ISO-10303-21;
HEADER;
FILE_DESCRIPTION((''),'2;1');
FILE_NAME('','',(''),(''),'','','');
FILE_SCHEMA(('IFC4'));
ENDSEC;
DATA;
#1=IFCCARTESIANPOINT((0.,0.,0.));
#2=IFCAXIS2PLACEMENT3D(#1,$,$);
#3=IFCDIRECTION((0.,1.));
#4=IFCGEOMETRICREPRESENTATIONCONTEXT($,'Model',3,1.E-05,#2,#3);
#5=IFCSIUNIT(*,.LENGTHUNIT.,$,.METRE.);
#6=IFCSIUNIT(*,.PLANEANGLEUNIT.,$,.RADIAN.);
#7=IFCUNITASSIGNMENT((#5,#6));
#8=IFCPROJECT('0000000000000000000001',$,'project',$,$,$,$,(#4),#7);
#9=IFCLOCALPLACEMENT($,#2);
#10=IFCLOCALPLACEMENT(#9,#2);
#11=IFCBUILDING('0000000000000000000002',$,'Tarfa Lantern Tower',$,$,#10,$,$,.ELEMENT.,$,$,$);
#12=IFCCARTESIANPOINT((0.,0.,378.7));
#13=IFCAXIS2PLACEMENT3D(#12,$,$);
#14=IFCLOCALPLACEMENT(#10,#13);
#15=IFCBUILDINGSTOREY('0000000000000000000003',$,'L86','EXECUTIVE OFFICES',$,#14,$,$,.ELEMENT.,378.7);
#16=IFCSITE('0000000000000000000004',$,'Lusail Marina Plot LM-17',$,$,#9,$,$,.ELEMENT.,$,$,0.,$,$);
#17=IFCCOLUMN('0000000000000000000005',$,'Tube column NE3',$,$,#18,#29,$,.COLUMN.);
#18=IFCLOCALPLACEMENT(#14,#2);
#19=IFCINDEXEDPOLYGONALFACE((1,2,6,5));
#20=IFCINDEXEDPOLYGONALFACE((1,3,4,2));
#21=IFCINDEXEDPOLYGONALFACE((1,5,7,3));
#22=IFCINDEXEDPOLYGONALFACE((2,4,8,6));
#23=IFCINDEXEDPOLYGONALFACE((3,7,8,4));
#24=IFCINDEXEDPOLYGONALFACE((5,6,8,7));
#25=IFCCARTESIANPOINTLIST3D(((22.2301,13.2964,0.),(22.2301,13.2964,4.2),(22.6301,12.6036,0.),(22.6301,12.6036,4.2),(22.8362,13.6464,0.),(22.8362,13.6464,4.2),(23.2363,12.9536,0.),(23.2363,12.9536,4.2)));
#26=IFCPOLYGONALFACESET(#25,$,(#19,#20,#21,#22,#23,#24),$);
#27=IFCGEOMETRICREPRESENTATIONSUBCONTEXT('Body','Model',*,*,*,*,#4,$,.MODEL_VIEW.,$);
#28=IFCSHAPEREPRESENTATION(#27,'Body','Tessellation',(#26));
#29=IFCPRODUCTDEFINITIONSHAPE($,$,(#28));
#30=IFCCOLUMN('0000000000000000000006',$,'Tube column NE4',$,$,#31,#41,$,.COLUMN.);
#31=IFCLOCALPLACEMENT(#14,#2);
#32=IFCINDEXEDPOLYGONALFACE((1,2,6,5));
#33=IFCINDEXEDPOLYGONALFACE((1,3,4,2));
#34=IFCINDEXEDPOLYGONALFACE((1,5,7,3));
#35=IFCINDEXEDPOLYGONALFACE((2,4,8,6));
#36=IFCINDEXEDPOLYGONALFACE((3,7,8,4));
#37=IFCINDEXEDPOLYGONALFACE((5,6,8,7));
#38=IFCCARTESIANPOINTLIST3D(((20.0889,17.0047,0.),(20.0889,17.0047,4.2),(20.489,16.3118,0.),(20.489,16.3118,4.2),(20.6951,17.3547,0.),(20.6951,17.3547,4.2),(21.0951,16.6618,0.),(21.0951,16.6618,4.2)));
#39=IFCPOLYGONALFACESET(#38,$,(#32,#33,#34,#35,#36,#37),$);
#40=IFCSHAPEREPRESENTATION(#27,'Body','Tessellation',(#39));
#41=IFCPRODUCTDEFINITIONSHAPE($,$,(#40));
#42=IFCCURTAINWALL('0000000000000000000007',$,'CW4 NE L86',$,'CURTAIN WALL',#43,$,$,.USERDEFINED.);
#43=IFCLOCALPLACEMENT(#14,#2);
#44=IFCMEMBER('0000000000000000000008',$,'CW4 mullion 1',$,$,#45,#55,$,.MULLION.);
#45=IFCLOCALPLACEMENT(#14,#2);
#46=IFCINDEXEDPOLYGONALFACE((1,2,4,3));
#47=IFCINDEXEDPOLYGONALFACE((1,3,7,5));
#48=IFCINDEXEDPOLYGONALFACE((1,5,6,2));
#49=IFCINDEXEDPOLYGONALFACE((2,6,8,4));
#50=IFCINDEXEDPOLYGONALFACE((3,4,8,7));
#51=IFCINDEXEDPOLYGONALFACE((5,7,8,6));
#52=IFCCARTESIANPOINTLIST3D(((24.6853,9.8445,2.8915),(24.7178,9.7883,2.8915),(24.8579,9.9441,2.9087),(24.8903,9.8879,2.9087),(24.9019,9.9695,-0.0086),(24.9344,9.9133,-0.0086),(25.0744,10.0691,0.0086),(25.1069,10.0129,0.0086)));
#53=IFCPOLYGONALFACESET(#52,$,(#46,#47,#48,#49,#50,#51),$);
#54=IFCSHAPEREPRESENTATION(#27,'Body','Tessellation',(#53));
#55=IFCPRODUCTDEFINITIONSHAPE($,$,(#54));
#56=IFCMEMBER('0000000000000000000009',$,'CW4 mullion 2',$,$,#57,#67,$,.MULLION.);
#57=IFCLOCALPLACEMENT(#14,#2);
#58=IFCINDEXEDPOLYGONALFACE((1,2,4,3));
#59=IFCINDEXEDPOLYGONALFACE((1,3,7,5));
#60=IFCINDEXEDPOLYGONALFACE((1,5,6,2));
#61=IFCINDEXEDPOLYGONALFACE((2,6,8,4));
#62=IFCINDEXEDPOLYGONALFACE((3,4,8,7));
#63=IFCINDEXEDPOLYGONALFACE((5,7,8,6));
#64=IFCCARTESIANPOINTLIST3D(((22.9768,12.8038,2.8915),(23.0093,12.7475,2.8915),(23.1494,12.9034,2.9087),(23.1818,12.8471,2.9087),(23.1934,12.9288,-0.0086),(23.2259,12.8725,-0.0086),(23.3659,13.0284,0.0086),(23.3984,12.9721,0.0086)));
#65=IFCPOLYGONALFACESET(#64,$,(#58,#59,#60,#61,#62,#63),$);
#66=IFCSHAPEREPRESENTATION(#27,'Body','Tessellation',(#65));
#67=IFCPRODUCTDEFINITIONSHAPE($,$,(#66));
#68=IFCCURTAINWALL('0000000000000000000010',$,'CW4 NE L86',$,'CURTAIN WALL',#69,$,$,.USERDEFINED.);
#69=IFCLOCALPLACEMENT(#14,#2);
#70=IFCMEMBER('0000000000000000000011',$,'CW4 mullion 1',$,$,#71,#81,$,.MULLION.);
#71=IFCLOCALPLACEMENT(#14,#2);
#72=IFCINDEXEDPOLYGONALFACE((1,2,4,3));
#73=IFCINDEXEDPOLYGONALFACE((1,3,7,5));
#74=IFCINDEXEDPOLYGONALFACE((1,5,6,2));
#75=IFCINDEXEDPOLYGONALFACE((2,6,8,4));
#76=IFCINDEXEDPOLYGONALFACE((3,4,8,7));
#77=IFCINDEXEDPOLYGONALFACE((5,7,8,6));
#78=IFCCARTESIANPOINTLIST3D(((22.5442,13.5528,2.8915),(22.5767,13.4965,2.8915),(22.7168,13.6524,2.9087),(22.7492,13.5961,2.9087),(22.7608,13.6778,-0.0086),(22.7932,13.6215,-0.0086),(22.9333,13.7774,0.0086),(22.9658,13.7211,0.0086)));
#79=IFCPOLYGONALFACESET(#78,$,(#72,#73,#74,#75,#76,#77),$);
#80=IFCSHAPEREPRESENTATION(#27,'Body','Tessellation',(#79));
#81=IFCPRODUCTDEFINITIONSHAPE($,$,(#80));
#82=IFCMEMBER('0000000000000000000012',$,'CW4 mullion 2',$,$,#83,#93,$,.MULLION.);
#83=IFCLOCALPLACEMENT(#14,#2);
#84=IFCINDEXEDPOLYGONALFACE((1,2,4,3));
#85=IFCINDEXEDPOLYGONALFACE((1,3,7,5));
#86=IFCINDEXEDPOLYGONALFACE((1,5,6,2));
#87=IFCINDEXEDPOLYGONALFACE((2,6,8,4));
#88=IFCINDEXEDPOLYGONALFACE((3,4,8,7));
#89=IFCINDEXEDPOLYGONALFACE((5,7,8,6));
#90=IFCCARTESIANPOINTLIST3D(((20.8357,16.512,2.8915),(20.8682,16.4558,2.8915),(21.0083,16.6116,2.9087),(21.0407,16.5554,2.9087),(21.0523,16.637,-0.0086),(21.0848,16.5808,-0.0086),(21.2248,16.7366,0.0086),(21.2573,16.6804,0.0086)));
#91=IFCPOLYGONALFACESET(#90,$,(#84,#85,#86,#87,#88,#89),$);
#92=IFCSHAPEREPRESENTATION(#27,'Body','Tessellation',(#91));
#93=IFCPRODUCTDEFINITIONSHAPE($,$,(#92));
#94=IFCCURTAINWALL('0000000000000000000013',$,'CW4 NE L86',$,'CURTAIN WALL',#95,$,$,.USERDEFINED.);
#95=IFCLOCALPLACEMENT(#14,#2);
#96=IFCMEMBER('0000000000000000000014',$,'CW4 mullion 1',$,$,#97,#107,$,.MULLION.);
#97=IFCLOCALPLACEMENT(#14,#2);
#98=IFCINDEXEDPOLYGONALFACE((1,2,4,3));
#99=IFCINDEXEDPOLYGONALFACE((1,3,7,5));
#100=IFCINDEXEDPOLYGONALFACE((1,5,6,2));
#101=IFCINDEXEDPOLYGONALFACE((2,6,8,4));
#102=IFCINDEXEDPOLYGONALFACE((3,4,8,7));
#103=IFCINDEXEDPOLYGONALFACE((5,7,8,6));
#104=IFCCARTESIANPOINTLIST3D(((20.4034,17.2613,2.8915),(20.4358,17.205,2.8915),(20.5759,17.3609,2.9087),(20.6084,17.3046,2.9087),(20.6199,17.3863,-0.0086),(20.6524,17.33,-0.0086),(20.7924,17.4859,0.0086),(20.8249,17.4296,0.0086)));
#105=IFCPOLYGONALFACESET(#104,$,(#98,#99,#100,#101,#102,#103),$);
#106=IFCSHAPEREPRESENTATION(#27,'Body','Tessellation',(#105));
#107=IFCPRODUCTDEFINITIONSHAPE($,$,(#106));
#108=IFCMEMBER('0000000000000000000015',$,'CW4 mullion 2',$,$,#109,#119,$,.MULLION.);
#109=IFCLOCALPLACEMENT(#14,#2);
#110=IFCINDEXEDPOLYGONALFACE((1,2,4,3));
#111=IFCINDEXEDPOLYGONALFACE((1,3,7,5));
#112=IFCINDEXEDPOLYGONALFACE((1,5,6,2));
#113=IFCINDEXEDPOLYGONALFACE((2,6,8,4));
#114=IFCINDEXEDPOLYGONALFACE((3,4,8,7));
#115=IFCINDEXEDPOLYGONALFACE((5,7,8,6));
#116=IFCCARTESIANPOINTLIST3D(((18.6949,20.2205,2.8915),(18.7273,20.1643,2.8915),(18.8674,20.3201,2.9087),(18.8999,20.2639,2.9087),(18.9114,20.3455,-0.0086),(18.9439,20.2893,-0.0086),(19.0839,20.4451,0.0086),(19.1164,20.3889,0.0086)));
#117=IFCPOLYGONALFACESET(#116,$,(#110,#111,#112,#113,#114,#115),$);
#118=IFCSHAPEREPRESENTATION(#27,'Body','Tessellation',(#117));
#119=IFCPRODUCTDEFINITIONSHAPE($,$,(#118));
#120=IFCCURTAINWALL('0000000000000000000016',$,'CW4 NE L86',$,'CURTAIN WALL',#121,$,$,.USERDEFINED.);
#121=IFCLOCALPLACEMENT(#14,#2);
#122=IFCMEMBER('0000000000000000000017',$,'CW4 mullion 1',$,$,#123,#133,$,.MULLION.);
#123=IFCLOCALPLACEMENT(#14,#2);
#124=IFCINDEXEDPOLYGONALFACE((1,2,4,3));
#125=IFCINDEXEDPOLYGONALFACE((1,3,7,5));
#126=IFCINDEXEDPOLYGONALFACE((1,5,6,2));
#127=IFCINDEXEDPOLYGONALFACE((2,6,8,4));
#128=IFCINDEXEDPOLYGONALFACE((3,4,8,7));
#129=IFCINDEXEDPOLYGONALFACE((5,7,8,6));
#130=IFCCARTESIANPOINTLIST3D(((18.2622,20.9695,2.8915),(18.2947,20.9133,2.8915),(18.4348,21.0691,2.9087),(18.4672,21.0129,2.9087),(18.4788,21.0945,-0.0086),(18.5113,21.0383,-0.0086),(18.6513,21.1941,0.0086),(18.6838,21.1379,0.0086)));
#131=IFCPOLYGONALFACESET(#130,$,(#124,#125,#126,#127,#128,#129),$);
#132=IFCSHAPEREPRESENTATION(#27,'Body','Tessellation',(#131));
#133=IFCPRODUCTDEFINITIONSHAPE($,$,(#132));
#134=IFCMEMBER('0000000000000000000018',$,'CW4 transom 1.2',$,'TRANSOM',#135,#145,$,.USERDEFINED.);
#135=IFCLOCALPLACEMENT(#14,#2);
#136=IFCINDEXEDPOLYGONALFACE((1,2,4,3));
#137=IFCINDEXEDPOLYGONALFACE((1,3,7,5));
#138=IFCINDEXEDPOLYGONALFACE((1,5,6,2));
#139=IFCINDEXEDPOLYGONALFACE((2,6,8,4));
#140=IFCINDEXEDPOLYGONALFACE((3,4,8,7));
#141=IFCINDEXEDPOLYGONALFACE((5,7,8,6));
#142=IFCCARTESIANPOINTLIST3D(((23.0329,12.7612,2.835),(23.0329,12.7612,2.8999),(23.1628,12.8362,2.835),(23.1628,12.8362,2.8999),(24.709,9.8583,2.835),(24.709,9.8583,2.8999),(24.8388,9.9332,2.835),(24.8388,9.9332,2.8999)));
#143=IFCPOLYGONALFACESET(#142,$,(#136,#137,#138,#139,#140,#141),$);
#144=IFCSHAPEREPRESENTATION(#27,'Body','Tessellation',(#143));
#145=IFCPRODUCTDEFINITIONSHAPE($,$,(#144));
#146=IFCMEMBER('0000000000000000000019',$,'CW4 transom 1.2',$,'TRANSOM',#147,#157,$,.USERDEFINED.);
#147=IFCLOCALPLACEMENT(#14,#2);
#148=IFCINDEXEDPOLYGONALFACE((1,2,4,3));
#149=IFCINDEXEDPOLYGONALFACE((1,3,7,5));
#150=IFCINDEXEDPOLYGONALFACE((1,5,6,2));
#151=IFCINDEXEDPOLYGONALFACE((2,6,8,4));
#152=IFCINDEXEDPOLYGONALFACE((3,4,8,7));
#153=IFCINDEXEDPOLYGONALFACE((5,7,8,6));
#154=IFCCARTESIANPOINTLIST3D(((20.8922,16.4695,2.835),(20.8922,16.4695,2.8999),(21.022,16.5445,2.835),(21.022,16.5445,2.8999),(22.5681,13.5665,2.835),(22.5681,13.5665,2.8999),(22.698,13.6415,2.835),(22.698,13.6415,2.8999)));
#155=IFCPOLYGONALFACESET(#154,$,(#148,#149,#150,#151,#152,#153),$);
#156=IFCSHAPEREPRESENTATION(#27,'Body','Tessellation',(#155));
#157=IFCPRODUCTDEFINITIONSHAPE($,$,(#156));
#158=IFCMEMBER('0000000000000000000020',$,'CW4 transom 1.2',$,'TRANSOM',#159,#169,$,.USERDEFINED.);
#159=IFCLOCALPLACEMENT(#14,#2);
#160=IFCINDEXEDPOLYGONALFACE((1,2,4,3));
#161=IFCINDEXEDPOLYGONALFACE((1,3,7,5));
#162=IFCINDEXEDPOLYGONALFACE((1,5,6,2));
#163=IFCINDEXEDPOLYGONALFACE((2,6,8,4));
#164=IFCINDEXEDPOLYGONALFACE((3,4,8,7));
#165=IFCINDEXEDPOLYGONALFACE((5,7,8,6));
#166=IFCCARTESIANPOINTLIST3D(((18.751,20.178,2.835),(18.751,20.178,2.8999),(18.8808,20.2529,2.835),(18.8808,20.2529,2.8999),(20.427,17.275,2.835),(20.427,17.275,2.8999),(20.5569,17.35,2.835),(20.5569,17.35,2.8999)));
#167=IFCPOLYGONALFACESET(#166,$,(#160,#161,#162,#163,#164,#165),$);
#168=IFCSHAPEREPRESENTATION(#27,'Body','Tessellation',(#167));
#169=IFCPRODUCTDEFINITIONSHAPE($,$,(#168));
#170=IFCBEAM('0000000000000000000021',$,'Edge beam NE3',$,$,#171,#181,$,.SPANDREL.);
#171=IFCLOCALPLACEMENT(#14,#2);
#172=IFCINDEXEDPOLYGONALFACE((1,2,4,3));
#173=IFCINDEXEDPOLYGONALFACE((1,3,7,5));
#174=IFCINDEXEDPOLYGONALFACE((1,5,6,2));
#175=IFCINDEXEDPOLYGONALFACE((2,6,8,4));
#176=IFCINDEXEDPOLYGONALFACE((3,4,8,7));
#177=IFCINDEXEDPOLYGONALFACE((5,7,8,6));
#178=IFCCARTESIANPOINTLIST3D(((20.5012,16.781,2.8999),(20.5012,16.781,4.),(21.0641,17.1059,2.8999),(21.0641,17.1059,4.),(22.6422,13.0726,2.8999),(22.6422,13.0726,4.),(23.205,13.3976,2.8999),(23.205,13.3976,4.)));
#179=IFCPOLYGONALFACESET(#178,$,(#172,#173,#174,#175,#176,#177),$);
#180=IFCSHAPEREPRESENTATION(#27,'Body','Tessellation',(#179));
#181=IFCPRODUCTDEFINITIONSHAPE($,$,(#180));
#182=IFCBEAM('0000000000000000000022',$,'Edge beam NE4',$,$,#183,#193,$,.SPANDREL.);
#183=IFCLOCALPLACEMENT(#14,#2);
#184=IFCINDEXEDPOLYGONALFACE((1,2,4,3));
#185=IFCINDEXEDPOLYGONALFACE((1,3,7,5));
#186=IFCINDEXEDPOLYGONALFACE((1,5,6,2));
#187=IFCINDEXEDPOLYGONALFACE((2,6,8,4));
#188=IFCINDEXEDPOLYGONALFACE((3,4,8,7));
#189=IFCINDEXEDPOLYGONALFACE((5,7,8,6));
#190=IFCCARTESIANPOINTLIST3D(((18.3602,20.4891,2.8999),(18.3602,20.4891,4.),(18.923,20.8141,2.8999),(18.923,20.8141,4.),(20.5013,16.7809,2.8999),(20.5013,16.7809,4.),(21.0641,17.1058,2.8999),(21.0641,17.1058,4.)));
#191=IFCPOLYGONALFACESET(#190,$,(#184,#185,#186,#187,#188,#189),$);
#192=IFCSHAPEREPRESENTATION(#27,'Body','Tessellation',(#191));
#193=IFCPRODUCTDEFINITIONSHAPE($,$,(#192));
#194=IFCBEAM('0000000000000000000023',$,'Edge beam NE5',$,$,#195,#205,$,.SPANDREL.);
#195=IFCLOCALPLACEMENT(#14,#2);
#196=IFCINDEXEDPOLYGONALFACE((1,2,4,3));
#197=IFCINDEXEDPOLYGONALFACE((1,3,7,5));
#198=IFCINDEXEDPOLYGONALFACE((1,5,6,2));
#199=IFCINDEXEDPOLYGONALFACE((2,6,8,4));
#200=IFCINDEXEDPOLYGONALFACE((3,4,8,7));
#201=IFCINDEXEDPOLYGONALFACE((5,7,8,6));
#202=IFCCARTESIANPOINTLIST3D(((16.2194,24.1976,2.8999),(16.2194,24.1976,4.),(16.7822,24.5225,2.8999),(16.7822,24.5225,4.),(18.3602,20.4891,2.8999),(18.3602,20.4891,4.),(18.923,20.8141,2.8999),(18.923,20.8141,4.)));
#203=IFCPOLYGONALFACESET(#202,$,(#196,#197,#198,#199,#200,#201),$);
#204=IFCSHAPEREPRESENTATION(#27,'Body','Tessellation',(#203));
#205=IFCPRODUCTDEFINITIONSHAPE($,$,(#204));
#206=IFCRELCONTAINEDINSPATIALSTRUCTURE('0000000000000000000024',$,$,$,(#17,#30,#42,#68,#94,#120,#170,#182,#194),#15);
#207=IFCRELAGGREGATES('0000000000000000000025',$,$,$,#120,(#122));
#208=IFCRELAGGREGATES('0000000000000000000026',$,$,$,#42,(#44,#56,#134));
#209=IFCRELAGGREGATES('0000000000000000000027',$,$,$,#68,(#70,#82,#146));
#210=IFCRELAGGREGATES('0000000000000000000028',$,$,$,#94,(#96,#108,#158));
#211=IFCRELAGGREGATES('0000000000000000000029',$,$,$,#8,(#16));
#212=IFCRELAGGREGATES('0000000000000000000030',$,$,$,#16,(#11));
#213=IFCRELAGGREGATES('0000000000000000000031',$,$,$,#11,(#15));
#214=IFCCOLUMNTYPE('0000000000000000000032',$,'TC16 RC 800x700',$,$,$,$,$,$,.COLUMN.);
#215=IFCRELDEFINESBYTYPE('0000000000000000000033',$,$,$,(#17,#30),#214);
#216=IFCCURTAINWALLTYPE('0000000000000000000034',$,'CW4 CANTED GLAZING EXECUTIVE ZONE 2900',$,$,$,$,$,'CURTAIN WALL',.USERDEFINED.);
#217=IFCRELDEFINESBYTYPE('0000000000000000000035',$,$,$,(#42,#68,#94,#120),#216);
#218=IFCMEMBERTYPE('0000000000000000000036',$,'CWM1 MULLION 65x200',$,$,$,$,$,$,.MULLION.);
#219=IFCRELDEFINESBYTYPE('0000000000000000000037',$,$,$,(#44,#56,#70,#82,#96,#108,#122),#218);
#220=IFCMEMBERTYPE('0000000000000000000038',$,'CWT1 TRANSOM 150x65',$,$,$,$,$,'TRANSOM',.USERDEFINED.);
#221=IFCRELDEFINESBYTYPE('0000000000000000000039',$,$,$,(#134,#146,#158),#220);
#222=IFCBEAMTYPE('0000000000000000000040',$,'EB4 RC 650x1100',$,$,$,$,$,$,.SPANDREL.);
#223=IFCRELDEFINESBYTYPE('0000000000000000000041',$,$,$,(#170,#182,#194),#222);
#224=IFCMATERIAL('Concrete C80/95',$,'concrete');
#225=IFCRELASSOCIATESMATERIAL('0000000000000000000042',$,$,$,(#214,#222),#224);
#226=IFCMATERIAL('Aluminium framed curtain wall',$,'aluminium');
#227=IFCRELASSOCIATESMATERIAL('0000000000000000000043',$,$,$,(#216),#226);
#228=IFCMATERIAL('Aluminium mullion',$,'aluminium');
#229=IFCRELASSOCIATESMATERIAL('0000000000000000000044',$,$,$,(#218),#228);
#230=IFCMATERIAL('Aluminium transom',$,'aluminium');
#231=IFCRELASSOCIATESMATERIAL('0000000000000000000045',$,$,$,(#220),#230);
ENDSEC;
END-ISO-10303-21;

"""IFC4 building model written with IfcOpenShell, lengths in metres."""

from ifc_helpers import new_model, si_unit, direction, frame, origin, origin_2d, place, context, subcontext, project, spatial, rectangle, extrude, material, material_profile, profile_set, type_object, element, aggregate, save


model = new_model("IFC4")

# Units and contexts
model_context = context("Model", 3, precision=1e-05, world=origin(), true_north=direction((0.0, 1.0)))
body_context = subcontext(model_context, "Body", "Model", "MODEL_VIEW")
ifc_project = project(units=[si_unit("LENGTHUNIT", "METRE"), si_unit("PLANEANGLEUNIT", "RADIAN")], contexts=[model_context])

# Site, building, storey
site_placement = place(None, origin())
site = spatial("IfcSite", under=ifc_project, at=site_placement, Name="Lusail Marina Plot LM-17", CompositionType="ELEMENT", RefElevation=0.0)
building_placement = place(site_placement, origin())
building = spatial("IfcBuilding", under=site, at=building_placement, Name="Tarfa Lantern Tower", CompositionType="ELEMENT")
storey_placement = place(building_placement, frame((0.0, 0.0, 378.7)))
storey = spatial("IfcBuildingStorey", under=building, at=storey_placement, Name="L86", Description="EXECUTIVE OFFICES", CompositionType="ELEMENT", Elevation=378.7)

# Columns
ifc_material_1 = material(Name="Concrete C80/95", Category="concrete")
ifc_material_profile_1 = material_profile(ifc_material_1, rectangle(XDim=0.8, YDim=0.7, at=origin_2d()), Name="RC 800x700")
ifc_profile_set_1 = profile_set([ifc_material_profile_1], Name="Concrete C80/95")
column_type = type_object("IfcColumnType", Name="TC16 RC 800x700", PredefinedType="COLUMN", material=ifc_profile_set_1)
for number, where, z_axis, x_axis, name in (
    (1, (22.7332, 13.125, 0.0), (0.0, 0.0, 1.0), (-0.5, 0.866025, 0.0), "Tube column NE3"),
    (2, (20.592, 16.8333, 0.0), (0.0, 0.0, 1.0), (-0.5, 0.866025, 0.0), "Tube column NE4"),
):
    element("IfcColumn", number, at=place(storey_placement, frame(where, z_axis=z_axis, x_axis=x_axis)), inside=storey, type_object=column_type, Name=name, PredefinedType="COLUMN", context=body_context, shape_type="SweptSolid", body=[
        extrude(rectangle(XDim=0.8, YDim=0.7, at=origin_2d()), origin(), (0.0, 0.0, 1.0), 4.2),
    ])

# Curtain walls, members
ifc_material_2 = material(Name="Aluminium framed curtain wall", Category="aluminium")
curtain_wall_type = type_object("IfcCurtainWallType", Name="CW4 CANTED GLAZING EXECUTIVE ZONE 2900", ElementType="CURTAIN WALL", PredefinedType="USERDEFINED", material=ifc_material_2)
curtain_wall_1_placement = place(storey_placement, origin())
curtain_wall_1 = element("IfcCurtainWall", 3, at=curtain_wall_1_placement, inside=storey, type_object=curtain_wall_type, Name="CW4 NE L86", ObjectType="CURTAIN WALL", PredefinedType="USERDEFINED")
ifc_material_3 = material(Name="Aluminium mullion", Category="aluminium")
ifc_material_profile_2 = material_profile(ifc_material_3, rectangle(XDim=0.0649, YDim=0.2, at=origin_2d()), Name="AL MULLION 65x200")
ifc_profile_set_2 = profile_set([ifc_material_profile_2], Name="Aluminium mullion")
member_type_1 = type_object("IfcMemberType", Name="CWM1 MULLION 65x200", PredefinedType="MULLION", material=ifc_profile_set_2)
member_1_placement = place(storey_placement, frame((25.0044, 9.9912, 0.0), z_axis=(-0.074394, -0.042942, 0.996304), x_axis=(0.49992, -0.866072, 0.0)))
member_1 = element("IfcMember", 4, at=member_1_placement, type_object=member_type_1, Name="CW4 mullion 1", PredefinedType="MULLION", context=body_context, shape_type="SweptSolid", body=[
    extrude(rectangle(XDim=0.0649, YDim=0.2, at=origin_2d()), origin(), (0.0, 0.0, 1.0), 2.9109),
])
member_2_placement = place(storey_placement, frame((23.2959, 12.9504, 0.0), z_axis=(-0.074394, -0.042942, 0.996304), x_axis=(0.49992, -0.866072, 0.0)))
member_2 = element("IfcMember", 5, at=member_2_placement, type_object=member_type_1, Name="CW4 mullion 2", PredefinedType="MULLION", context=body_context, shape_type="SweptSolid", body=[
    extrude(rectangle(XDim=0.0649, YDim=0.2, at=origin_2d()), origin(), (0.0, 0.0, 1.0), 2.9109),
])
curtain_wall_2_placement = place(storey_placement, origin())
curtain_wall_2 = element("IfcCurtainWall", 6, at=curtain_wall_2_placement, inside=storey, type_object=curtain_wall_type, Name="CW4 NE L86", ObjectType="CURTAIN WALL", PredefinedType="USERDEFINED")
member_3_placement = place(storey_placement, frame((22.8633, 13.6995, 0.0), z_axis=(-0.074394, -0.042942, 0.996304), x_axis=(0.49992, -0.866072, 0.0)))
member_3 = element("IfcMember", 7, at=member_3_placement, type_object=member_type_1, Name="CW4 mullion 1", PredefinedType="MULLION", context=body_context, shape_type="SweptSolid", body=[
    extrude(rectangle(XDim=0.0649, YDim=0.2, at=origin_2d()), origin(), (0.0, 0.0, 1.0), 2.9109),
])
member_4_placement = place(storey_placement, frame((21.1548, 16.6587, 0.0), z_axis=(-0.074394, -0.042942, 0.996304), x_axis=(0.49992, -0.866072, 0.0)))
member_4 = element("IfcMember", 8, at=member_4_placement, type_object=member_type_1, Name="CW4 mullion 2", PredefinedType="MULLION", context=body_context, shape_type="SweptSolid", body=[
    extrude(rectangle(XDim=0.0649, YDim=0.2, at=origin_2d()), origin(), (0.0, 0.0, 1.0), 2.9109),
])
curtain_wall_3_placement = place(storey_placement, origin())
curtain_wall_3 = element("IfcCurtainWall", 9, at=curtain_wall_3_placement, inside=storey, type_object=curtain_wall_type, Name="CW4 NE L86", ObjectType="CURTAIN WALL", PredefinedType="USERDEFINED")
member_5_placement = place(storey_placement, frame((20.7224, 17.408, 0.0), z_axis=(-0.074394, -0.042942, 0.996304), x_axis=(0.49992, -0.866072, 0.0)))
member_5 = element("IfcMember", 10, at=member_5_placement, type_object=member_type_1, Name="CW4 mullion 1", PredefinedType="MULLION", context=body_context, shape_type="SweptSolid", body=[
    extrude(rectangle(XDim=0.0649, YDim=0.2, at=origin_2d()), origin(), (0.0, 0.0, 1.0), 2.9109),
])
member_6_placement = place(storey_placement, frame((19.0139, 20.3672, 0.0), z_axis=(-0.074394, -0.042942, 0.996304), x_axis=(0.49992, -0.866072, 0.0)))
member_6 = element("IfcMember", 11, at=member_6_placement, type_object=member_type_1, Name="CW4 mullion 2", PredefinedType="MULLION", context=body_context, shape_type="SweptSolid", body=[
    extrude(rectangle(XDim=0.0649, YDim=0.2, at=origin_2d()), origin(), (0.0, 0.0, 1.0), 2.9109),
])

# Curtain wall, member
curtain_wall_4_placement = place(storey_placement, origin())
curtain_wall_4 = element("IfcCurtainWall", 12, at=curtain_wall_4_placement, inside=storey, type_object=curtain_wall_type, Name="CW4 NE L86", ObjectType="CURTAIN WALL", PredefinedType="USERDEFINED")
member_7_placement = place(storey_placement, frame((18.5813, 21.1162, 0.0), z_axis=(-0.074394, -0.042942, 0.996304), x_axis=(0.49992, -0.866072, 0.0)))
member_7 = element("IfcMember", 13, at=member_7_placement, type_object=member_type_1, Name="CW4 mullion 1", PredefinedType="MULLION", context=body_context, shape_type="SweptSolid", body=[
    extrude(rectangle(XDim=0.0649, YDim=0.2, at=origin_2d()), origin(), (0.0, 0.0, 1.0), 2.9109),
])
aggregate(curtain_wall_4, [member_7])

# Members
ifc_material_4 = material(Name="Aluminium transom", Category="aluminium")
ifc_material_profile_3 = material_profile(ifc_material_4, rectangle(XDim=0.1499, YDim=0.0649, at=origin_2d()), Name="AL TRANSOM 150x65")
ifc_profile_set_3 = profile_set([ifc_material_profile_3], Name="Aluminium transom")
member_type_2 = type_object("IfcMemberType", Name="CWT1 TRANSOM 150x65", ElementType="TRANSOM", PredefinedType="USERDEFINED", material=ifc_profile_set_3)
member_8_placement = place(storey_placement, frame((24.7739, 9.8958, 2.8674), z_axis=(-0.500017, 0.866016, 0.0), x_axis=(-0.866016, -0.500017, 0.0)))
member_8 = element("IfcMember", 14, at=member_8_placement, type_object=member_type_2, Name="CW4 transom 1.2", ObjectType="TRANSOM", PredefinedType="USERDEFINED", context=body_context, shape_type="SweptSolid", body=[
    extrude(rectangle(XDim=0.1499, YDim=0.0649, at=origin_2d()), origin(), (0.0, 0.0, 1.0), 3.3521),
])
member_9_placement = place(storey_placement, frame((22.6331, 13.604, 2.8674), z_axis=(-0.499985, 0.866034, 0.0), x_axis=(-0.866034, -0.499985, 0.0)))
member_9 = element("IfcMember", 15, at=member_9_placement, type_object=member_type_2, Name="CW4 transom 1.2", ObjectType="TRANSOM", PredefinedType="USERDEFINED", context=body_context, shape_type="SweptSolid", body=[
    extrude(rectangle(XDim=0.1499, YDim=0.0649, at=origin_2d()), origin(), (0.0, 0.0, 1.0), 3.3521),
])
member_10_placement = place(storey_placement, frame((20.4919, 17.3125, 2.8674), z_axis=(-0.500017, 0.866016, 0.0), x_axis=(-0.866016, -0.500017, 0.0)))
member_10 = element("IfcMember", 16, at=member_10_placement, type_object=member_type_2, Name="CW4 transom 1.2", ObjectType="TRANSOM", PredefinedType="USERDEFINED", context=body_context, shape_type="SweptSolid", body=[
    extrude(rectangle(XDim=0.1499, YDim=0.0649, at=origin_2d()), origin(), (0.0, 0.0, 1.0), 3.3521),
])

# Beams
ifc_material_profile_4 = material_profile(ifc_material_1, rectangle(XDim=0.6499, YDim=1.1001, at=origin_2d()), Name="RC 650x1100")
ifc_profile_set_4 = profile_set([ifc_material_profile_4], Name="Concrete C80/95")
beam_type_1 = type_object("IfcBeamType", Name="EB4 RC 650x1100", PredefinedType="SPANDREL", material=ifc_profile_set_4)
for number, where, z_axis, x_axis, name in (
    (17, (22.9236, 13.2351, 3.45), (-0.499984, 0.866035, 0.0), (-0.866035, -0.499984, 0.0), "Edge beam NE3"),
    (18, (20.7827, 16.9434, 3.45), (-0.500027, 0.86601, 0.0), (-0.86601, -0.500027, 0.0), "Edge beam NE4"),
    (19, (18.6416, 20.6516, 3.45), (-0.499959, 0.866049, 0.0), (-0.866049, -0.499959, 0.0), "Edge beam NE5"),
):
    element("IfcBeam", number, at=place(storey_placement, frame(where, z_axis=z_axis, x_axis=x_axis)), inside=storey, type_object=beam_type_1, Name=name, PredefinedType="SPANDREL", context=body_context, shape_type="SweptSolid", body=[
        extrude(rectangle(XDim=0.6499, YDim=1.1001, at=origin_2d()), origin(), (0.0, 0.0, 1.0), 4.282),
    ])

aggregate(curtain_wall_1, [member_1, member_2, member_8])
aggregate(curtain_wall_2, [member_3, member_4, member_9])
aggregate(curtain_wall_3, [member_5, member_6, member_10])

save(model, "model.ifc")
